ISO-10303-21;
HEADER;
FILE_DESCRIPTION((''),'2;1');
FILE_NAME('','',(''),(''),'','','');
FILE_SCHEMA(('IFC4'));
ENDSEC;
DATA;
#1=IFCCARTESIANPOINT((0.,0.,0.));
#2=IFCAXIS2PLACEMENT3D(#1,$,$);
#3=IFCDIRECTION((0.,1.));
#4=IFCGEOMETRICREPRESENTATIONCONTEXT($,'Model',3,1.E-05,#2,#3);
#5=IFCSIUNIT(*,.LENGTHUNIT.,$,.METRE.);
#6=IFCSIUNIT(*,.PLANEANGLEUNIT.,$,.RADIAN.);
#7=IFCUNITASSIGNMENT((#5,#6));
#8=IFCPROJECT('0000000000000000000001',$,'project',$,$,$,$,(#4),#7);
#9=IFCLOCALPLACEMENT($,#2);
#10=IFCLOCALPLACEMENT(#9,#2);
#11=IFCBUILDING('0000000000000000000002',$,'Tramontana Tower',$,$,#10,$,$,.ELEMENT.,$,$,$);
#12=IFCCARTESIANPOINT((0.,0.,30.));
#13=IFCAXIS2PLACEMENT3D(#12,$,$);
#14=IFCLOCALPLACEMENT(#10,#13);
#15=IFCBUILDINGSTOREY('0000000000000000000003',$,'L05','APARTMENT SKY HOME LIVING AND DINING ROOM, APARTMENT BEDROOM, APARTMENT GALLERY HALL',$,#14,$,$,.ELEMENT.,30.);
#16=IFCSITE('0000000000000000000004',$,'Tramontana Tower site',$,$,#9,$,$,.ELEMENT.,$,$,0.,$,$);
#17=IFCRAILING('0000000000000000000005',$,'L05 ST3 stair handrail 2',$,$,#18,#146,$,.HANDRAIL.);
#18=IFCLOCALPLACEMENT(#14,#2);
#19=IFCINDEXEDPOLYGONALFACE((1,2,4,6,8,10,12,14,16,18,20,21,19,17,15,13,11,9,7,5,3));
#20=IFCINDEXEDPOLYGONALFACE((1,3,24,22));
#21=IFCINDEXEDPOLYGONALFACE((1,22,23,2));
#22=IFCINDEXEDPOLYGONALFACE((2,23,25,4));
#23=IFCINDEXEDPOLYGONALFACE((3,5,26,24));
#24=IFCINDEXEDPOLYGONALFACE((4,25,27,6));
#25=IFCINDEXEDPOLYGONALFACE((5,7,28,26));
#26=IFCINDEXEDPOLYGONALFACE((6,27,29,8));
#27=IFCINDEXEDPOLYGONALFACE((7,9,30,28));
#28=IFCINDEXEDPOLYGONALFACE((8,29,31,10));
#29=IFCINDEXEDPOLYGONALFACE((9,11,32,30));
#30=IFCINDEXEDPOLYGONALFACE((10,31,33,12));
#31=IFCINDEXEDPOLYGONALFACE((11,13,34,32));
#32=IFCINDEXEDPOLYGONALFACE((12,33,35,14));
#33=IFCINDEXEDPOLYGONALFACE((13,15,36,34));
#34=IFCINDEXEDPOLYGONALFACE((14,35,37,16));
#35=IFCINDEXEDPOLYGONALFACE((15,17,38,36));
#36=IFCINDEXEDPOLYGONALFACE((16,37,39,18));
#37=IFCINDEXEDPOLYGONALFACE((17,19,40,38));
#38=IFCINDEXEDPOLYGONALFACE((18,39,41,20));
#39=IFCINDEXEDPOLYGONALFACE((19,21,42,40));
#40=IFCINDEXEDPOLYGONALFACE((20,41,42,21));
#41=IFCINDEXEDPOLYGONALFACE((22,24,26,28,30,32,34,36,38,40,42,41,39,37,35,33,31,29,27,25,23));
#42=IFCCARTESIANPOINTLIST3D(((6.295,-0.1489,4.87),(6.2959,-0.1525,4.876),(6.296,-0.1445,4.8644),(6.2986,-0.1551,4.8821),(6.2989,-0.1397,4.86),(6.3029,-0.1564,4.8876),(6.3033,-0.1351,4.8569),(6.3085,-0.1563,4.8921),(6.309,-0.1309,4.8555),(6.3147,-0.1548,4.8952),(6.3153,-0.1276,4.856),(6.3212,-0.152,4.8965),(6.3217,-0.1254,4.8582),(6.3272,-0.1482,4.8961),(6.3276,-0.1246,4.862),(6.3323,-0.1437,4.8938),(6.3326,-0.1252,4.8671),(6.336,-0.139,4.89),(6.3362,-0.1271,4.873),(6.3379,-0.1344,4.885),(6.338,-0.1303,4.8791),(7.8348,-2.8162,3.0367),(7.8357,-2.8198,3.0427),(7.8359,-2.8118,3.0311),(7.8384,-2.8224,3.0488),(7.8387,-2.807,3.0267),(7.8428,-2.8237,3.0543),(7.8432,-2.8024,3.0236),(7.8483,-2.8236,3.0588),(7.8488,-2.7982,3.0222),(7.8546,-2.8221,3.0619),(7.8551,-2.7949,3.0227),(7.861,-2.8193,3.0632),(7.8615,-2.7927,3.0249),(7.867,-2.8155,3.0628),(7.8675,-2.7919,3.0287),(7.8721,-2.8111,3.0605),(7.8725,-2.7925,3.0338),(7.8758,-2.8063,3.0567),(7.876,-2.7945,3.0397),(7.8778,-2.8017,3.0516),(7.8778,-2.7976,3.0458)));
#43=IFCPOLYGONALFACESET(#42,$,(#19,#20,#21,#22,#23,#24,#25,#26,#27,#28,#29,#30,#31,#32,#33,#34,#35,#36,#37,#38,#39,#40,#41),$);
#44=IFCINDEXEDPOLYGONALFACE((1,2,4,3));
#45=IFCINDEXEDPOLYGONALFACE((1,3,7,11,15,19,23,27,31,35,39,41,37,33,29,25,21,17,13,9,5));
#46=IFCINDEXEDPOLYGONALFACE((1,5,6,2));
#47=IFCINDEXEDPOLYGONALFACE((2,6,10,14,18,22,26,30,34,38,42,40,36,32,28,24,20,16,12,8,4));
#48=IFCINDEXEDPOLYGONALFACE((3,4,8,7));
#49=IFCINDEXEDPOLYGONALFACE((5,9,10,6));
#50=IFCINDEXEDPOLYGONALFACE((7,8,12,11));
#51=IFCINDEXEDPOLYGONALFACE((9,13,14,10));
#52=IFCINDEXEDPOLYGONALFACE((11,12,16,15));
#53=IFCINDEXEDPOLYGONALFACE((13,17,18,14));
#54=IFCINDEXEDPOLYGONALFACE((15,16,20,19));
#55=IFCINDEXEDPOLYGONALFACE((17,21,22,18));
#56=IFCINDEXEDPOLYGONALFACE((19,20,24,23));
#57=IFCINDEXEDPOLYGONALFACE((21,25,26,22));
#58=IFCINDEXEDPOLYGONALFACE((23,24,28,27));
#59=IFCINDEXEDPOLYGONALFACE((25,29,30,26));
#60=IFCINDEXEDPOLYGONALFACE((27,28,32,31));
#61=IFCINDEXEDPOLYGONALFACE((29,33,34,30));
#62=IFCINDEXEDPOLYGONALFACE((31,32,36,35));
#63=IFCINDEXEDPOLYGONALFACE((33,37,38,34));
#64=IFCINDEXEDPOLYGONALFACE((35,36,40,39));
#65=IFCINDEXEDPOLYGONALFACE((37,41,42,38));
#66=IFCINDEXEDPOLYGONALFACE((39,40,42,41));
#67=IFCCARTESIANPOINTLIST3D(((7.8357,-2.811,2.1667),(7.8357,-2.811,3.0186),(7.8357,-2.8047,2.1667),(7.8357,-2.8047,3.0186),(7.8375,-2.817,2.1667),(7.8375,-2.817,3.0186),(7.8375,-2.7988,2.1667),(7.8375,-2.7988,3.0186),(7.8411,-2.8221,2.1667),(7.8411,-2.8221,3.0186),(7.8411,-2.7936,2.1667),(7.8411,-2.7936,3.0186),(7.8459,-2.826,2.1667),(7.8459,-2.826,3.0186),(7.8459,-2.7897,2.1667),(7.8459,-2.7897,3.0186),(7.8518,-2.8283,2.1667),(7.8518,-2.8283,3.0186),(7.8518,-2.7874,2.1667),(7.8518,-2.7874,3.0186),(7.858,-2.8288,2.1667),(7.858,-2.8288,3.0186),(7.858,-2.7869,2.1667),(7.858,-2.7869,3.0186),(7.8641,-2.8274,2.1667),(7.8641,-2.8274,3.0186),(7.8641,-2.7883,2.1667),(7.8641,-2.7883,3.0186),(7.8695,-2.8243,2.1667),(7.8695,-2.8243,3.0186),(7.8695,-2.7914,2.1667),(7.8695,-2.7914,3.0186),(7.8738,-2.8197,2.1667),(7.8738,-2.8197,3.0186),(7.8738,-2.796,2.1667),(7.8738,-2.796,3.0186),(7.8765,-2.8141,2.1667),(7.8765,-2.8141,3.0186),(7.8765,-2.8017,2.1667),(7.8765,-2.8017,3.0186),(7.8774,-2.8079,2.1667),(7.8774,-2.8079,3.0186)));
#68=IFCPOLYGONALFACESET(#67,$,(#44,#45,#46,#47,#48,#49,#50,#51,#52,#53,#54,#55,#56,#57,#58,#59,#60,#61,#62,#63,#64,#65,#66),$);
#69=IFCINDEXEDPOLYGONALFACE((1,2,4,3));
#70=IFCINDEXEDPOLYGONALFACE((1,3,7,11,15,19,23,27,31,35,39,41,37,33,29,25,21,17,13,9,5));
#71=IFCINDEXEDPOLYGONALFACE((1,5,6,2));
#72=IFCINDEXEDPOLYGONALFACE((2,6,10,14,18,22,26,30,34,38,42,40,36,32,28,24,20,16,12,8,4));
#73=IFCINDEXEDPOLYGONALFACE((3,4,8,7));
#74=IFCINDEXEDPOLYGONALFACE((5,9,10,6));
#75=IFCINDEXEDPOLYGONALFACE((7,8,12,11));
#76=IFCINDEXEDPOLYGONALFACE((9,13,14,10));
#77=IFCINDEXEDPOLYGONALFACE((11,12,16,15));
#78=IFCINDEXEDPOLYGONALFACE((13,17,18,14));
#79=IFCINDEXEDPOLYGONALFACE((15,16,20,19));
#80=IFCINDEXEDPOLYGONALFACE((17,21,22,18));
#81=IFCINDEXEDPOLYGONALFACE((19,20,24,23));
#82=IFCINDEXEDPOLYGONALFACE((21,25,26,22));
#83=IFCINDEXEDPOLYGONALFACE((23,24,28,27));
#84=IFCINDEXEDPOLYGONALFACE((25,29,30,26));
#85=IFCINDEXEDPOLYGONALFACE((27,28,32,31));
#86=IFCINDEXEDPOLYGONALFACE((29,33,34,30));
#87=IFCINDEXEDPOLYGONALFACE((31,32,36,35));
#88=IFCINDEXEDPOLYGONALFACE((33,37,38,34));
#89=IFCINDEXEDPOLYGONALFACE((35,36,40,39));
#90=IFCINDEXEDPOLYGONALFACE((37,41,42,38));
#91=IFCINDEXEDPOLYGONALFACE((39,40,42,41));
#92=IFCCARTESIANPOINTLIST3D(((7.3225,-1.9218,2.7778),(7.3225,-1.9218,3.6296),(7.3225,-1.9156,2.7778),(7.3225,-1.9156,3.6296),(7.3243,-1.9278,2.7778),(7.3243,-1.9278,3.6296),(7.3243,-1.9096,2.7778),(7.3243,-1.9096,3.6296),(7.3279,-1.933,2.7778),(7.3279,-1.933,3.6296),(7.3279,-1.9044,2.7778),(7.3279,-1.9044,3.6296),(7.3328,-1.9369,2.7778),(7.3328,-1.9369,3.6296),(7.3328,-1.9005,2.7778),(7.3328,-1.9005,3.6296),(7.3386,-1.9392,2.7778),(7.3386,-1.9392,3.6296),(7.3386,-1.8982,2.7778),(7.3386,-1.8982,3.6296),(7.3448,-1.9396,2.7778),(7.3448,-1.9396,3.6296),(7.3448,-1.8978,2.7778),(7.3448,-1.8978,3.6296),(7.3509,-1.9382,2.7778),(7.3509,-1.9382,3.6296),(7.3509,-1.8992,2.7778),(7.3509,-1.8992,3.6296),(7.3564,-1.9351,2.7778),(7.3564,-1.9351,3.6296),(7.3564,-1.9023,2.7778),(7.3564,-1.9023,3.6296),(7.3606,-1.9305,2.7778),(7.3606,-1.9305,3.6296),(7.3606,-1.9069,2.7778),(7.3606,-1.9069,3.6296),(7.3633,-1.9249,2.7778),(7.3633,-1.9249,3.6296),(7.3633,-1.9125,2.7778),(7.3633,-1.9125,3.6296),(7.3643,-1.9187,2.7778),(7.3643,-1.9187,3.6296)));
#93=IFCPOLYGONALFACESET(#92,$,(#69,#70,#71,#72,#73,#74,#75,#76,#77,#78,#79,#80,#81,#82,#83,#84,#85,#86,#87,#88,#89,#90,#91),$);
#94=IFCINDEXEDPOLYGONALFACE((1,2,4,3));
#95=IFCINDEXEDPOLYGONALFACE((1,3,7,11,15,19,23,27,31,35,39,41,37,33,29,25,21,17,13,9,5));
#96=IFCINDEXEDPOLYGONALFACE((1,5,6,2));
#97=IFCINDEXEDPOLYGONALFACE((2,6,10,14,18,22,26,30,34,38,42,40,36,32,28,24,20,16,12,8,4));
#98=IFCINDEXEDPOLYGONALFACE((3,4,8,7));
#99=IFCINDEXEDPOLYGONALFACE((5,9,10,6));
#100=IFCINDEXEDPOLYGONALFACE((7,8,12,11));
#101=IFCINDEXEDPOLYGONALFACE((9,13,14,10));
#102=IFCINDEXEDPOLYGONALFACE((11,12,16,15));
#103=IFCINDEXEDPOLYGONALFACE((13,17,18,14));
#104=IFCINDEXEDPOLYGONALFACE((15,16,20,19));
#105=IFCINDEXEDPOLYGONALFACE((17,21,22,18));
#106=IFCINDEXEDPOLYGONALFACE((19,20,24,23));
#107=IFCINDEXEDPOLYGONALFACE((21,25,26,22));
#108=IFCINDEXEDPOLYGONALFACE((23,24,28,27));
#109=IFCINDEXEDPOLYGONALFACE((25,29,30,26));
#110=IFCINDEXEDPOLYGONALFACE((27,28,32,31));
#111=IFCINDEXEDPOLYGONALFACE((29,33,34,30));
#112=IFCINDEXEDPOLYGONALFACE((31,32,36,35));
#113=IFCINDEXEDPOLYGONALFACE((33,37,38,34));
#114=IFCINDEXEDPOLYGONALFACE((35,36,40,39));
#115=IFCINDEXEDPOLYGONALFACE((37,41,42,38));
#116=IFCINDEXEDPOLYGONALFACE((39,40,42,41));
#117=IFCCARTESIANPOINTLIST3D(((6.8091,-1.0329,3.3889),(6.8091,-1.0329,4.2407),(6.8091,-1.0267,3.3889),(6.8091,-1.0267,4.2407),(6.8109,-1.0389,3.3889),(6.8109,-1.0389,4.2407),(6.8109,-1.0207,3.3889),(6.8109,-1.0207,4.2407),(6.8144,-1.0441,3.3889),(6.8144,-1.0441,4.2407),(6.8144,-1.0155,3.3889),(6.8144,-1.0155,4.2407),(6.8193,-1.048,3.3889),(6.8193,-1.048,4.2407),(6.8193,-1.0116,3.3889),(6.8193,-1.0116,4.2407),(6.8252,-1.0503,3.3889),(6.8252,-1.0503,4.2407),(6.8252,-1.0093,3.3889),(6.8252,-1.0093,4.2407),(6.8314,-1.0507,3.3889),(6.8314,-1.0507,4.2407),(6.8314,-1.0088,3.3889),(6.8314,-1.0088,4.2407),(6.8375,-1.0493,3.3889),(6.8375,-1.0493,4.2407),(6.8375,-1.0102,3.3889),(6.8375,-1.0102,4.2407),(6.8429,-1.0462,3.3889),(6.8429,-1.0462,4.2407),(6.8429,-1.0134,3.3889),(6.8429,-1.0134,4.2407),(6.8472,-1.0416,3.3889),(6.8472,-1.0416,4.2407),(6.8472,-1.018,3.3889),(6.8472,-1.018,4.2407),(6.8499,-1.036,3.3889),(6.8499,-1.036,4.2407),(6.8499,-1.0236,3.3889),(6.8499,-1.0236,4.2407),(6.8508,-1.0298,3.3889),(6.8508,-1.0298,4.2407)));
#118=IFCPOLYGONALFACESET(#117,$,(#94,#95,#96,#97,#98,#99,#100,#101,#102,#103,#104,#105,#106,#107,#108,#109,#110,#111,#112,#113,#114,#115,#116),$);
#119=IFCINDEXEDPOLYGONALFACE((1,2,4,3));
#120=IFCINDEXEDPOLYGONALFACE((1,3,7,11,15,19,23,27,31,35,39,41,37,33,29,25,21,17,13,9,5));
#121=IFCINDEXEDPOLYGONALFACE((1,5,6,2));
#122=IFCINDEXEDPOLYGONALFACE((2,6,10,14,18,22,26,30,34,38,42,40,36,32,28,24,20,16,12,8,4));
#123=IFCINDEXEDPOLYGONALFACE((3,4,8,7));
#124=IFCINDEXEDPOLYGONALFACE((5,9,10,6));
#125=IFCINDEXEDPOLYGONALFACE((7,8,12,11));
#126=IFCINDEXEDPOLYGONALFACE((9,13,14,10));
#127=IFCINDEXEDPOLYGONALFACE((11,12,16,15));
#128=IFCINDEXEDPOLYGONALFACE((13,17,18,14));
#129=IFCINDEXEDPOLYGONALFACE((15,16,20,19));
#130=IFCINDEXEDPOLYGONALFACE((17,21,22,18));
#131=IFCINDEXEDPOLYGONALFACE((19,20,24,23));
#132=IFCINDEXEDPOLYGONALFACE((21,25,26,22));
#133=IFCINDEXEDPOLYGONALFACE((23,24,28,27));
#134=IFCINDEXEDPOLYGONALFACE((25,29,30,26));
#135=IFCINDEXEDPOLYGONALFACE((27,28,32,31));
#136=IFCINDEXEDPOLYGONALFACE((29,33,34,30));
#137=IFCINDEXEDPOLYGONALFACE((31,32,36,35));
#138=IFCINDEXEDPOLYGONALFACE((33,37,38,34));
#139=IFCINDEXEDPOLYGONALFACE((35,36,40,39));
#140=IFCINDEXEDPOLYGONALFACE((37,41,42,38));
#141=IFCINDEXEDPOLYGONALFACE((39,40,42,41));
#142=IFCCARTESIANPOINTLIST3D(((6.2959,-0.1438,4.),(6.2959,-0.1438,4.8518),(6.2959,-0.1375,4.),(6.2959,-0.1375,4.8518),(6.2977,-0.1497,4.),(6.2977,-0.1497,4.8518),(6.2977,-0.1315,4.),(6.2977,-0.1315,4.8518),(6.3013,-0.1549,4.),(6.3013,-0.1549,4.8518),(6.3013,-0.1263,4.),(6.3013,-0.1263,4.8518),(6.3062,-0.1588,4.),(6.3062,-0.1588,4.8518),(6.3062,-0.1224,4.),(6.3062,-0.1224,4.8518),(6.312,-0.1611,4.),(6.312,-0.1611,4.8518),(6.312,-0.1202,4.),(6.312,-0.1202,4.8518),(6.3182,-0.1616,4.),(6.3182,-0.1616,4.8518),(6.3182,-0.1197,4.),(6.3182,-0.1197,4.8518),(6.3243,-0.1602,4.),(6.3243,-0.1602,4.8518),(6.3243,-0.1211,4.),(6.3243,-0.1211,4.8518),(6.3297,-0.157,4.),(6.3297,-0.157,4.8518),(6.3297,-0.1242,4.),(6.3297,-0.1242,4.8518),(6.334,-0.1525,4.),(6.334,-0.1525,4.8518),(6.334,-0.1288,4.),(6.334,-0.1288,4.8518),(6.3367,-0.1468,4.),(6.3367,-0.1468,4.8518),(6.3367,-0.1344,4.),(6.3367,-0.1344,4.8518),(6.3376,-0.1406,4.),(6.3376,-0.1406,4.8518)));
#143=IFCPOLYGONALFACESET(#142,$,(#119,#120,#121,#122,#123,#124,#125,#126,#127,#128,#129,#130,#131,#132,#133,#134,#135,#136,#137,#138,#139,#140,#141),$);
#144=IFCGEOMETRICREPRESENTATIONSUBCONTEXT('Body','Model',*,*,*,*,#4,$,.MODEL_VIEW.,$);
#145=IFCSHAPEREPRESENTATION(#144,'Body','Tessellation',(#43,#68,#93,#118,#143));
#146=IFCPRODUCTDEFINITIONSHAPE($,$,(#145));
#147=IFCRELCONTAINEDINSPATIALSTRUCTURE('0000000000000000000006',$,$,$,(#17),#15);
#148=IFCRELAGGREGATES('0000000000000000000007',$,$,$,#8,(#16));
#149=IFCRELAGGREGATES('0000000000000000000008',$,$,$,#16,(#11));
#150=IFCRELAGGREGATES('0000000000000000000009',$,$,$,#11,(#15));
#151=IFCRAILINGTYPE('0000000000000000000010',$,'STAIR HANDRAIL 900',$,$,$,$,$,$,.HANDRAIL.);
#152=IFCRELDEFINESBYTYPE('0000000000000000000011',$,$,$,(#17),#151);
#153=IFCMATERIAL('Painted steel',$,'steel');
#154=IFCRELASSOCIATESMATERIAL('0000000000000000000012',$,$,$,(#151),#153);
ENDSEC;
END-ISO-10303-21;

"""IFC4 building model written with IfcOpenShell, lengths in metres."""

from ifc_helpers import new_model, si_unit, direction, frame, origin, origin_2d, place, context, subcontext, project, spatial, circle, extrude, material, type_object, element, save


model = new_model("IFC4")

# Units and contexts
model_context = context("Model", 3, precision=1e-05, world=origin(), true_north=direction((0.0, 1.0)))
body_context = subcontext(model_context, "Body", "Model", "MODEL_VIEW")
ifc_project = project(units=[si_unit("LENGTHUNIT", "METRE"), si_unit("PLANEANGLEUNIT", "RADIAN")], contexts=[model_context])

# Site, building, storey
site_placement = place(None, origin())
site = spatial("IfcSite", under=ifc_project, at=site_placement, Name="Tramontana Tower site", CompositionType="ELEMENT", RefElevation=0.0)
building_placement = place(site_placement, origin())
building = spatial("IfcBuilding", under=site, at=building_placement, Name="Tramontana Tower", CompositionType="ELEMENT")
storey_placement = place(building_placement, frame((0.0, 0.0, 30.0)))
storey = spatial("IfcBuildingStorey", under=building, at=storey_placement, Name="L05", Description="APARTMENT SKY HOME LIVING AND DINING ROOM, APARTMENT BEDROOM, APARTMENT GALLERY HALL", CompositionType="ELEMENT", Elevation=30.0)

# Railing
ifc_material_1 = material(Name="Painted steel", Category="steel")
railing_type_1 = type_object("IfcRailingType", Name="STAIR HANDRAIL 900", PredefinedType="HANDRAIL", material=ifc_material_1)
railing_1_placement = place(storey_placement, frame((7.8564, -2.8079, 2.1667)))
element("IfcRailing", 1, at=railing_1_placement, inside=storey, type_object=railing_type_1, Name="L05 ST3 stair handrail 2", PredefinedType="HANDRAIL", context=body_context, shape_type="SweptSolid", body=[
    extrude(circle(Radius=0.0239, at=origin_2d()), frame((0.0, 0.0, 0.876), z_axis=(-0.429616, 0.744181, 0.511493), x_axis=(-0.866044, -0.499967, 0.0)), (0.0, 0.0, 1.0), 3.5842),
    extrude(circle(Radius=0.021, at=origin_2d()), origin(), (0.0, 0.0, 1.0), 0.8518),
    extrude(circle(Radius=0.021, at=origin_2d()), frame((-0.5132, 0.8892, 0.6111)), (0.0, 0.0, 1.0), 0.8518),
    extrude(circle(Radius=0.021, at=origin_2d()), frame((-1.0266, 1.7781, 1.2222)), (0.0, 0.0, 1.0), 0.8518),
    extrude(circle(Radius=0.021, at=origin_2d()), frame((-1.5398, 2.6672, 1.8333)), (0.0, 0.0, 1.0), 0.8518),
])

save(model, "model.ifc")
